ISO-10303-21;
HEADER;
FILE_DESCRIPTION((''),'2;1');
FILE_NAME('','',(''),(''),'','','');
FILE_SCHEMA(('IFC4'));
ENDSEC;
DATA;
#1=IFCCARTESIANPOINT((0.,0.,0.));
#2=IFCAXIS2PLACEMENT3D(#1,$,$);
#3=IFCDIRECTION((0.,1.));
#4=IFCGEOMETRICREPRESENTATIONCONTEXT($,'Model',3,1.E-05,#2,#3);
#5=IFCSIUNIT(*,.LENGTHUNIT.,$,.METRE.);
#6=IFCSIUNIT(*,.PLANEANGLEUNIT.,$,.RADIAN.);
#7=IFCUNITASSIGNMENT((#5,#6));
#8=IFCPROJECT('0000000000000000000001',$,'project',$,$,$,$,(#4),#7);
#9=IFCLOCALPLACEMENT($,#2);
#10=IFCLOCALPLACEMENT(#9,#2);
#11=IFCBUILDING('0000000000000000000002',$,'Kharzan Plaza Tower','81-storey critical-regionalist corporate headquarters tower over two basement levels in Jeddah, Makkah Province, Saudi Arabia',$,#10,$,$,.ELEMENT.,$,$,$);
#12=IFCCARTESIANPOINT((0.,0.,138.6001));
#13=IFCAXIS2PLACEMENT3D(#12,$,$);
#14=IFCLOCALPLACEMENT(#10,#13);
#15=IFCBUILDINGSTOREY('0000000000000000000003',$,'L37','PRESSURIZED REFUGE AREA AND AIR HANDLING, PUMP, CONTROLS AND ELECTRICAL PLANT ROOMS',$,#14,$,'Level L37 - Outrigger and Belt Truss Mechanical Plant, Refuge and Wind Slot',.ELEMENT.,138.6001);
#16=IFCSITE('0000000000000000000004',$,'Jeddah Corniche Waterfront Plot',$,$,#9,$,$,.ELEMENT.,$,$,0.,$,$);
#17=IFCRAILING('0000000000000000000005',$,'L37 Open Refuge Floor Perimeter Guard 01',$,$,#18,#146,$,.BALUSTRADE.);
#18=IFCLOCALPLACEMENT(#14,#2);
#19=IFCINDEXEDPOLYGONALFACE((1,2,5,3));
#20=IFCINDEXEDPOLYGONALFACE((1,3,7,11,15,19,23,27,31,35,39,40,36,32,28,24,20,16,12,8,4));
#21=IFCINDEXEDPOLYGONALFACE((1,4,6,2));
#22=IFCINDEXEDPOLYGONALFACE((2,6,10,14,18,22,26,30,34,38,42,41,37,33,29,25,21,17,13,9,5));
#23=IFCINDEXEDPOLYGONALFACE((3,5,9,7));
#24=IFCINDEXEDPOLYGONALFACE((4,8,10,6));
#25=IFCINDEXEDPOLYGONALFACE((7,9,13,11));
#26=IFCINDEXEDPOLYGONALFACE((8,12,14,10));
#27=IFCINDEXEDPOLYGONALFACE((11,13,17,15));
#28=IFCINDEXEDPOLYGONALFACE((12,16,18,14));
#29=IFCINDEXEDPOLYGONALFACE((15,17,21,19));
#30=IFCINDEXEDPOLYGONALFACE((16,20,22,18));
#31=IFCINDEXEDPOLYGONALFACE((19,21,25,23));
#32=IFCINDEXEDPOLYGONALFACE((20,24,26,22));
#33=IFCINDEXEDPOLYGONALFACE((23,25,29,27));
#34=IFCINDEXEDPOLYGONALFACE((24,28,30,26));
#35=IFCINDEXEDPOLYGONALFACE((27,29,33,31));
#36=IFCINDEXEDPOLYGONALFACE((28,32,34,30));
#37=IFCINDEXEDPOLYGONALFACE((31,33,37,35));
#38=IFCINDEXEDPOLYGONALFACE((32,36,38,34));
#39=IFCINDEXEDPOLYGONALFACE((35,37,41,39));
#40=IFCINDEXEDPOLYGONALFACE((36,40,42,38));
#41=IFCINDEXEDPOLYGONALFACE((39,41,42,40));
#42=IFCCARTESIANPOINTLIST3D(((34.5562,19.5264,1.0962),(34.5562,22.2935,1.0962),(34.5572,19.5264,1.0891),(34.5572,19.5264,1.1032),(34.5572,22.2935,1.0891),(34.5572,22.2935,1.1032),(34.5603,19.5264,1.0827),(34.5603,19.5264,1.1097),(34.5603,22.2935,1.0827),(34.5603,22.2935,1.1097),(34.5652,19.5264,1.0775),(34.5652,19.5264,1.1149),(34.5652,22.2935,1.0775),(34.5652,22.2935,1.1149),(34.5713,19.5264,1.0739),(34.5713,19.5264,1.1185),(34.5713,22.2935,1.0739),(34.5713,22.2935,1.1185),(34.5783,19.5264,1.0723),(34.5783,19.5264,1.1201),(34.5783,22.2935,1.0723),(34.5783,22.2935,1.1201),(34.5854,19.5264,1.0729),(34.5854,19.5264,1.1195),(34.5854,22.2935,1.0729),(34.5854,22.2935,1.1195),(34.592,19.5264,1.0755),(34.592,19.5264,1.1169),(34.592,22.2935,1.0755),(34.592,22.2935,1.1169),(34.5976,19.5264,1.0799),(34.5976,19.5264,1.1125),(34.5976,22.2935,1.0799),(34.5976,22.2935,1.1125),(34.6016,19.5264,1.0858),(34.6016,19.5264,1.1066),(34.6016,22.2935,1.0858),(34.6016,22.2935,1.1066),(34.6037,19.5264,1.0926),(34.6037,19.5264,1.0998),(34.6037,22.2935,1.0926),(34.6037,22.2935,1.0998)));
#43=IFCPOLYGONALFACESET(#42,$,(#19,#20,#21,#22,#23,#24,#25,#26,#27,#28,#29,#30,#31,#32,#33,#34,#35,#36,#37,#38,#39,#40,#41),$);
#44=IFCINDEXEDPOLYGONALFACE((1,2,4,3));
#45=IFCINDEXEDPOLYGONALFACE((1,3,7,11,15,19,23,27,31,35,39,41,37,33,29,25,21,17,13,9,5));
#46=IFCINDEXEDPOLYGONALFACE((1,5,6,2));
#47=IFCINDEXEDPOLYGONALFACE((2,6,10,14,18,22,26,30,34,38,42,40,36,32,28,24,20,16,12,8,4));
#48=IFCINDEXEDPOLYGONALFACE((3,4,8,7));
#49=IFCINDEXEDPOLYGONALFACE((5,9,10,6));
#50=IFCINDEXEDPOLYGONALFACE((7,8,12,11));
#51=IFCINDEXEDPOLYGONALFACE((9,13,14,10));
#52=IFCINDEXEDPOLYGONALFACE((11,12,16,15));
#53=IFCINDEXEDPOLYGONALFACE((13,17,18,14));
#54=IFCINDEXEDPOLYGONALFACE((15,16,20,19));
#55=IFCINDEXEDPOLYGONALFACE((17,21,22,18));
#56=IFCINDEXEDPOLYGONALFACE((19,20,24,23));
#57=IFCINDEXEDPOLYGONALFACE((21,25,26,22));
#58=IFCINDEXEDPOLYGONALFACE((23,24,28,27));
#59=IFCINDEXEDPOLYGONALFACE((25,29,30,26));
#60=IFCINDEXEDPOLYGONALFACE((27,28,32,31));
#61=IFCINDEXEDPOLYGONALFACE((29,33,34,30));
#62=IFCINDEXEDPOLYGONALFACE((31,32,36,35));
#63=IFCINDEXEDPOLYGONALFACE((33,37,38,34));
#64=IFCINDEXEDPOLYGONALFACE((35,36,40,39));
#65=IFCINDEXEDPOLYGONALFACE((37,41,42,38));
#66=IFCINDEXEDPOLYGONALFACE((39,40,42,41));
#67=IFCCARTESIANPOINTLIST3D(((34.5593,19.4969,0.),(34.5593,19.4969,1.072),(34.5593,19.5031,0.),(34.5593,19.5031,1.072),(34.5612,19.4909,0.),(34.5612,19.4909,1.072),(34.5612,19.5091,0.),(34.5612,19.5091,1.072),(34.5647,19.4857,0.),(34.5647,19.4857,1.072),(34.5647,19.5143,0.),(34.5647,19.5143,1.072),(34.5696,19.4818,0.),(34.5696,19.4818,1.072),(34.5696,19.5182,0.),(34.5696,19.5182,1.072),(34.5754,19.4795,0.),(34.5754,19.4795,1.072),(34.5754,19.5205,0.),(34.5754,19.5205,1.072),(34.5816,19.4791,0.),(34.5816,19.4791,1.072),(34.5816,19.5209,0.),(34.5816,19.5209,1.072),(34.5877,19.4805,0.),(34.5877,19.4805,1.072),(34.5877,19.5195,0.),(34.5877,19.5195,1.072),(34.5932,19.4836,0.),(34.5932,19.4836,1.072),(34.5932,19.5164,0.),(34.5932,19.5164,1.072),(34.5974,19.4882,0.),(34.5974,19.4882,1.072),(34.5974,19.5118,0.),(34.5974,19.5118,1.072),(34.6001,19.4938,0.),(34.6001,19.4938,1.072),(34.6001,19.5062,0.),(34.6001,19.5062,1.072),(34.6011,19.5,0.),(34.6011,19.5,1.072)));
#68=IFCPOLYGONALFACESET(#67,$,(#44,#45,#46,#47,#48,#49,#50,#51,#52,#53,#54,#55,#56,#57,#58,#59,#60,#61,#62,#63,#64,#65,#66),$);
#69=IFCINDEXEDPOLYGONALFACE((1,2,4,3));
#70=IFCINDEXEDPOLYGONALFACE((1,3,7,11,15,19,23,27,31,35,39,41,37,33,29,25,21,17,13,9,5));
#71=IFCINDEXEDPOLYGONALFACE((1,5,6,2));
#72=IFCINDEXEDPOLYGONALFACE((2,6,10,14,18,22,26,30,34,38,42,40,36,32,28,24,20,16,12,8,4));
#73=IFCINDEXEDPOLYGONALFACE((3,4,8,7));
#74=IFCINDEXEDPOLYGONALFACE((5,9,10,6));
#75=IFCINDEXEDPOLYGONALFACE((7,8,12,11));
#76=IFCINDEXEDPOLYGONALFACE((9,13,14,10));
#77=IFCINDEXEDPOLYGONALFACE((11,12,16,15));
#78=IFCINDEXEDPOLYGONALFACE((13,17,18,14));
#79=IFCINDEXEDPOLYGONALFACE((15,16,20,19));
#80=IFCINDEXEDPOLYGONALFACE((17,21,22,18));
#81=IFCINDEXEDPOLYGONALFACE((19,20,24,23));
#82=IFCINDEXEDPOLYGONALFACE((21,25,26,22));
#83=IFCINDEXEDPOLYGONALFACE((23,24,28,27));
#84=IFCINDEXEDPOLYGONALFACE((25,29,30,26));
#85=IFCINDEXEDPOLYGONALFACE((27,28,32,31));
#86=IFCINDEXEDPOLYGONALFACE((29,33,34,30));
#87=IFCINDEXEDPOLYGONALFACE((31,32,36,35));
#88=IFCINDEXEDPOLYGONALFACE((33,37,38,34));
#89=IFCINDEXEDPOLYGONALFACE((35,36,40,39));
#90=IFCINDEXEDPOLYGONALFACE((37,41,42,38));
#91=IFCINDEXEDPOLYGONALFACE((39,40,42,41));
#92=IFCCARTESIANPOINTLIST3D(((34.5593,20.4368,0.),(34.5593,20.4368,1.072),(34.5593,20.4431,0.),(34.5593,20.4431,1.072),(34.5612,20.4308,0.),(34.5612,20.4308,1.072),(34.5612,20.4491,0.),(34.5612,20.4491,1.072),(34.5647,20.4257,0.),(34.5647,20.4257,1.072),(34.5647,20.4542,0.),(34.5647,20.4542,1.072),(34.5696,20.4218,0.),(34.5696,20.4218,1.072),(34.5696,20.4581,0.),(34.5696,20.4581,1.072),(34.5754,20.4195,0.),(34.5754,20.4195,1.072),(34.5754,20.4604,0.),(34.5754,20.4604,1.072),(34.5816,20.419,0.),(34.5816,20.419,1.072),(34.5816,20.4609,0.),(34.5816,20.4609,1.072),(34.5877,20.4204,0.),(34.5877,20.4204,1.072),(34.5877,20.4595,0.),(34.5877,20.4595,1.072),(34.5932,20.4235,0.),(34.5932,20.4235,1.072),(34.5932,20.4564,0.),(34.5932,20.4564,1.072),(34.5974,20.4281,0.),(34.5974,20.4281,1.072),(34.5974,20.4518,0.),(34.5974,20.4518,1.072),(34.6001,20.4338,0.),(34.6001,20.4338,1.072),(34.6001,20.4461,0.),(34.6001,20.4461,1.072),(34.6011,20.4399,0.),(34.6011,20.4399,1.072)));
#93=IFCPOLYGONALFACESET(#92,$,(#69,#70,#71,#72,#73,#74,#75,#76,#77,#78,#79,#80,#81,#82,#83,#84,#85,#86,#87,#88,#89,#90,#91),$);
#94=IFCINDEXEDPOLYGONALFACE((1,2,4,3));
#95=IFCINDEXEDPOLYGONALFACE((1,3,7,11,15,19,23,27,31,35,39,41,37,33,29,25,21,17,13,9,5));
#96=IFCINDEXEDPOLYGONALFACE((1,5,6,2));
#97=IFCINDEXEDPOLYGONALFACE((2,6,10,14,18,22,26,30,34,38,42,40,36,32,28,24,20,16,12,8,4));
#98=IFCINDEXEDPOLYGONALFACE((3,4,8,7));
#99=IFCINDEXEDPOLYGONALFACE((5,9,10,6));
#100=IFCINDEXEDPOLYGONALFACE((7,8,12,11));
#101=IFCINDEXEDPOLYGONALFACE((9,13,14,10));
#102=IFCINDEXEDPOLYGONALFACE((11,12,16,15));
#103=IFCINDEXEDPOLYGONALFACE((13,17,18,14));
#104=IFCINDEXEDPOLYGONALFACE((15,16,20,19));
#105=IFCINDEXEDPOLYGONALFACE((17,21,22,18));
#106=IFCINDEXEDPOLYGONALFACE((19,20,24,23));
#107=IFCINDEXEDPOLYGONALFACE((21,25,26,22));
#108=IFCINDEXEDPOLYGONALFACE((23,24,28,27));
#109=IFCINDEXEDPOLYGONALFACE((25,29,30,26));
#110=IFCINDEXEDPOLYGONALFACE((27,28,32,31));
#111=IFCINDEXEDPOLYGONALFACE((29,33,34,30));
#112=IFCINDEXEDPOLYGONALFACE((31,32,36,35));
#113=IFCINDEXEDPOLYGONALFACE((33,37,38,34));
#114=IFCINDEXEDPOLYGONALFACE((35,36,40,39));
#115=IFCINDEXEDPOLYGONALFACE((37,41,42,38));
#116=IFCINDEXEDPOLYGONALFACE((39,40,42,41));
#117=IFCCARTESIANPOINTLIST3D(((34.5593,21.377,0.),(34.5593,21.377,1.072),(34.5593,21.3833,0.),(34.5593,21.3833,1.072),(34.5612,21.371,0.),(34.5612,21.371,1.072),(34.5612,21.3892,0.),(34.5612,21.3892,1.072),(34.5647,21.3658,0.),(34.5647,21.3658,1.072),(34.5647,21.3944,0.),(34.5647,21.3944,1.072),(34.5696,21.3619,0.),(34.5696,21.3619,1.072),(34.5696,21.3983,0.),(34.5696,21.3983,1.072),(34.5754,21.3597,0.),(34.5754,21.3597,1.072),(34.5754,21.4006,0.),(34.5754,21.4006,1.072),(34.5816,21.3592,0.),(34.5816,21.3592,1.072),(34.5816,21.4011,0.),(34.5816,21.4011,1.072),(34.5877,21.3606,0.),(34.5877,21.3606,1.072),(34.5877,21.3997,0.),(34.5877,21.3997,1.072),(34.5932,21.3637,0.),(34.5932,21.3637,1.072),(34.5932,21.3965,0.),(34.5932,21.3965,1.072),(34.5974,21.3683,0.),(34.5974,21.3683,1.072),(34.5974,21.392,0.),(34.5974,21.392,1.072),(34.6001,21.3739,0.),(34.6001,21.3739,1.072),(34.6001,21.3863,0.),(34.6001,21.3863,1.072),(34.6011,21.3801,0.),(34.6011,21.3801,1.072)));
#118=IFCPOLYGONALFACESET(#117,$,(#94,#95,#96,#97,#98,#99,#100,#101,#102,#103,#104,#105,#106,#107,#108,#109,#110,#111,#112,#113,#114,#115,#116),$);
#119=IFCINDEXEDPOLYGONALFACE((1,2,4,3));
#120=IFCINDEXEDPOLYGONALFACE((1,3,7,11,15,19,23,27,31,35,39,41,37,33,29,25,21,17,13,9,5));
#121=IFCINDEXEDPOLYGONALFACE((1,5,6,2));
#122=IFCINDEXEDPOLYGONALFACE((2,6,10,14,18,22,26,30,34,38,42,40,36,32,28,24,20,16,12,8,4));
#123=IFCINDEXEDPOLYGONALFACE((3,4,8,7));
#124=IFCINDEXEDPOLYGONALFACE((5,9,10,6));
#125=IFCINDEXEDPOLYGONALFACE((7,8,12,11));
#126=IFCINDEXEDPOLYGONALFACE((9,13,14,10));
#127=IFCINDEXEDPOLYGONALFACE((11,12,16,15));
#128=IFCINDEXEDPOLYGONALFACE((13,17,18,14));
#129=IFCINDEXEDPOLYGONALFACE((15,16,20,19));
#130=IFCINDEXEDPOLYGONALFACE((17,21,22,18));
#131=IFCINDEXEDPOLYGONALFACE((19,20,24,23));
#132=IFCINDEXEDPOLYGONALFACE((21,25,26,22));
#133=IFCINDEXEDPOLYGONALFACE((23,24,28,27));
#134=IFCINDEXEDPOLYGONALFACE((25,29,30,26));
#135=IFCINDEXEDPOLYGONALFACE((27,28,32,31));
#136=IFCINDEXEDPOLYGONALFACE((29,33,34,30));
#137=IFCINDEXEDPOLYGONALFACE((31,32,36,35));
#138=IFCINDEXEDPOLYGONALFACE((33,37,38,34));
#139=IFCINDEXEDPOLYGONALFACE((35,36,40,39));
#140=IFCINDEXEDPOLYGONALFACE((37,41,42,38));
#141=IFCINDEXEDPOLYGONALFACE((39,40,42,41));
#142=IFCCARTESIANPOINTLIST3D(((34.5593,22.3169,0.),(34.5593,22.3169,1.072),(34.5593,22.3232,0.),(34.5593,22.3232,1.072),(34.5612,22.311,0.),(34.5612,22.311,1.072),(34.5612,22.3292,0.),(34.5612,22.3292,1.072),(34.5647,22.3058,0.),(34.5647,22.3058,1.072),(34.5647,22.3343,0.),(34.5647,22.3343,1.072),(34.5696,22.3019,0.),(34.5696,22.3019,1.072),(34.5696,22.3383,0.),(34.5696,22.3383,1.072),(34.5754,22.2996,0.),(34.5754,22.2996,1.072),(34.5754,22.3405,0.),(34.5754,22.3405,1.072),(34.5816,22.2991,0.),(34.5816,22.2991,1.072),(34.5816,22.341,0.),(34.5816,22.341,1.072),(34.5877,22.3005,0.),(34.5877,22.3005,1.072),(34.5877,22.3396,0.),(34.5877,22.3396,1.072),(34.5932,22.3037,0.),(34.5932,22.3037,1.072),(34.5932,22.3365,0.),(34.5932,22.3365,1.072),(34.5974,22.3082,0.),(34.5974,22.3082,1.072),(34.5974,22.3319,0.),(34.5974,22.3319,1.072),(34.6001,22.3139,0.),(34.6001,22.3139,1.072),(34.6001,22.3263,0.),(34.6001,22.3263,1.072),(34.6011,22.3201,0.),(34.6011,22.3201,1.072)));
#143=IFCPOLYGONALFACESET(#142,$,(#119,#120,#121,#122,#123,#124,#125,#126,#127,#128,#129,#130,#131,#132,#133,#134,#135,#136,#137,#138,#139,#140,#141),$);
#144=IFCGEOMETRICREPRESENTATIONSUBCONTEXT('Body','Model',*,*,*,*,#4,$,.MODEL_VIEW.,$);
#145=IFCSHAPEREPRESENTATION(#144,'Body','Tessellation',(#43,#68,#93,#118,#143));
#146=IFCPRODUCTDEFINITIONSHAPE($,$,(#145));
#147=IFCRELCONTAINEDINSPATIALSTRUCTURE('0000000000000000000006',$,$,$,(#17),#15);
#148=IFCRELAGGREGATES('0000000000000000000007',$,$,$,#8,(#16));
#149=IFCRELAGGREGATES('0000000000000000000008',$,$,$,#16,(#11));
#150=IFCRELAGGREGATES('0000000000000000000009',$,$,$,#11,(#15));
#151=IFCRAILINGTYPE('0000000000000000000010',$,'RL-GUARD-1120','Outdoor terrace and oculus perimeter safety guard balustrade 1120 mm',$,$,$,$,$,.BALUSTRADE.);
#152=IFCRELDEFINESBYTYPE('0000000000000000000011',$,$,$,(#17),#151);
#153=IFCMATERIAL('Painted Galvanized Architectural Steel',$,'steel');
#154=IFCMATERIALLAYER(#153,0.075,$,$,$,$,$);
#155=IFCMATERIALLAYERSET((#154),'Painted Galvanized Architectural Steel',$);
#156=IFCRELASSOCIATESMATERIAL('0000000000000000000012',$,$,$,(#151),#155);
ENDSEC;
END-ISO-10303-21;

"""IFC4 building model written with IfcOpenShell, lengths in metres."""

from ifc_helpers import new_model, si_unit, direction, frame, origin, origin_2d, place, context, subcontext, project, spatial, circle, extrude, source, transform, mapped, material, layer, layer_set, type_object, element, save


model = new_model("IFC4")

# Units and contexts
model_context = context("Model", 3, precision=1e-05, world=origin(), true_north=direction((0.0, 1.0)))
body_context = subcontext(model_context, "Body", "Model", "MODEL_VIEW")
ifc_project = project(units=[si_unit("LENGTHUNIT", "METRE"), si_unit("PLANEANGLEUNIT", "RADIAN")], contexts=[model_context])

# Site, building, storey
site_placement = place(None, origin())
site = spatial("IfcSite", under=ifc_project, at=site_placement, Name="Jeddah Corniche Waterfront Plot", CompositionType="ELEMENT", RefElevation=0.0)
building_placement = place(site_placement, origin())
building = spatial("IfcBuilding", under=site, at=building_placement, Name="Kharzan Plaza Tower", Description="81-storey critical-regionalist corporate headquarters tower over two basement levels in Jeddah, Makkah Province, Saudi Arabia", CompositionType="ELEMENT")
storey_placement = place(building_placement, frame((0.0, 0.0, 138.6001)))
storey = spatial("IfcBuildingStorey", under=building, at=storey_placement, Name="L37", Description="PRESSURIZED REFUGE AREA AND AIR HANDLING, PUMP, CONTROLS AND ELECTRICAL PLANT ROOMS", LongName="Level L37 - Outrigger and Belt Truss Mechanical Plant, Refuge and Wind Slot", CompositionType="ELEMENT", Elevation=138.6001)

# Railing
ifc_material_1 = material(Name="Painted Galvanized Architectural Steel", Category="steel")
ifc_layer_1 = layer(ifc_material_1, 0.075)
ifc_layer_set_1 = layer_set([ifc_layer_1], Name="Painted Galvanized Architectural Steel")
railing_type = type_object("IfcRailingType", Name="RL-GUARD-1120", Description="Outdoor terrace and oculus perimeter safety guard balustrade 1120 mm", PredefinedType="BALUSTRADE", material=ifc_layer_set_1)
shared_shape_1 = source(origin(), body_context, "Body", "SweptSolid", [
    extrude(circle(Radius=0.0239, at=origin_2d()), frame((0.0, 0.0264, 1.0962), z_axis=(0.0, 1.0, 0.0), x_axis=(-1.0, 0.0, 0.0)), (0.0, 0.0, 1.0), 2.7671),
    extrude(circle(Radius=0.021, at=origin_2d()), origin(), (0.0, 0.0, 1.0), 1.072),
    extrude(circle(Radius=0.021, at=origin_2d()), frame((0.0, 0.9399, 0.0)), (0.0, 0.0, 1.0), 1.072),
    extrude(circle(Radius=0.021, at=origin_2d()), frame((0.0, 1.8801, 0.0)), (0.0, 0.0, 1.0), 1.072),
    extrude(circle(Radius=0.021, at=origin_2d()), frame((0.0, 2.8201, 0.0)), (0.0, 0.0, 1.0), 1.072),
])
railing_1_placement = place(storey_placement, frame((34.5801, 19.5, 0.0)))
element("IfcRailing", 1, at=railing_1_placement, inside=storey, type_object=railing_type, Name="L37 Open Refuge Floor Perimeter Guard 01", PredefinedType="BALUSTRADE", context=body_context, shape_type="MappedRepresentation", body=[
    mapped(shared_shape_1, transform((0.0, 0.0, 0.0), x_axis=(1.0, 0.0, 0.0), y_axis=(0.0, 1.0, 0.0), z_axis=(0.0, 0.0, 1.0))),
])

save(model, "model.ifc")
